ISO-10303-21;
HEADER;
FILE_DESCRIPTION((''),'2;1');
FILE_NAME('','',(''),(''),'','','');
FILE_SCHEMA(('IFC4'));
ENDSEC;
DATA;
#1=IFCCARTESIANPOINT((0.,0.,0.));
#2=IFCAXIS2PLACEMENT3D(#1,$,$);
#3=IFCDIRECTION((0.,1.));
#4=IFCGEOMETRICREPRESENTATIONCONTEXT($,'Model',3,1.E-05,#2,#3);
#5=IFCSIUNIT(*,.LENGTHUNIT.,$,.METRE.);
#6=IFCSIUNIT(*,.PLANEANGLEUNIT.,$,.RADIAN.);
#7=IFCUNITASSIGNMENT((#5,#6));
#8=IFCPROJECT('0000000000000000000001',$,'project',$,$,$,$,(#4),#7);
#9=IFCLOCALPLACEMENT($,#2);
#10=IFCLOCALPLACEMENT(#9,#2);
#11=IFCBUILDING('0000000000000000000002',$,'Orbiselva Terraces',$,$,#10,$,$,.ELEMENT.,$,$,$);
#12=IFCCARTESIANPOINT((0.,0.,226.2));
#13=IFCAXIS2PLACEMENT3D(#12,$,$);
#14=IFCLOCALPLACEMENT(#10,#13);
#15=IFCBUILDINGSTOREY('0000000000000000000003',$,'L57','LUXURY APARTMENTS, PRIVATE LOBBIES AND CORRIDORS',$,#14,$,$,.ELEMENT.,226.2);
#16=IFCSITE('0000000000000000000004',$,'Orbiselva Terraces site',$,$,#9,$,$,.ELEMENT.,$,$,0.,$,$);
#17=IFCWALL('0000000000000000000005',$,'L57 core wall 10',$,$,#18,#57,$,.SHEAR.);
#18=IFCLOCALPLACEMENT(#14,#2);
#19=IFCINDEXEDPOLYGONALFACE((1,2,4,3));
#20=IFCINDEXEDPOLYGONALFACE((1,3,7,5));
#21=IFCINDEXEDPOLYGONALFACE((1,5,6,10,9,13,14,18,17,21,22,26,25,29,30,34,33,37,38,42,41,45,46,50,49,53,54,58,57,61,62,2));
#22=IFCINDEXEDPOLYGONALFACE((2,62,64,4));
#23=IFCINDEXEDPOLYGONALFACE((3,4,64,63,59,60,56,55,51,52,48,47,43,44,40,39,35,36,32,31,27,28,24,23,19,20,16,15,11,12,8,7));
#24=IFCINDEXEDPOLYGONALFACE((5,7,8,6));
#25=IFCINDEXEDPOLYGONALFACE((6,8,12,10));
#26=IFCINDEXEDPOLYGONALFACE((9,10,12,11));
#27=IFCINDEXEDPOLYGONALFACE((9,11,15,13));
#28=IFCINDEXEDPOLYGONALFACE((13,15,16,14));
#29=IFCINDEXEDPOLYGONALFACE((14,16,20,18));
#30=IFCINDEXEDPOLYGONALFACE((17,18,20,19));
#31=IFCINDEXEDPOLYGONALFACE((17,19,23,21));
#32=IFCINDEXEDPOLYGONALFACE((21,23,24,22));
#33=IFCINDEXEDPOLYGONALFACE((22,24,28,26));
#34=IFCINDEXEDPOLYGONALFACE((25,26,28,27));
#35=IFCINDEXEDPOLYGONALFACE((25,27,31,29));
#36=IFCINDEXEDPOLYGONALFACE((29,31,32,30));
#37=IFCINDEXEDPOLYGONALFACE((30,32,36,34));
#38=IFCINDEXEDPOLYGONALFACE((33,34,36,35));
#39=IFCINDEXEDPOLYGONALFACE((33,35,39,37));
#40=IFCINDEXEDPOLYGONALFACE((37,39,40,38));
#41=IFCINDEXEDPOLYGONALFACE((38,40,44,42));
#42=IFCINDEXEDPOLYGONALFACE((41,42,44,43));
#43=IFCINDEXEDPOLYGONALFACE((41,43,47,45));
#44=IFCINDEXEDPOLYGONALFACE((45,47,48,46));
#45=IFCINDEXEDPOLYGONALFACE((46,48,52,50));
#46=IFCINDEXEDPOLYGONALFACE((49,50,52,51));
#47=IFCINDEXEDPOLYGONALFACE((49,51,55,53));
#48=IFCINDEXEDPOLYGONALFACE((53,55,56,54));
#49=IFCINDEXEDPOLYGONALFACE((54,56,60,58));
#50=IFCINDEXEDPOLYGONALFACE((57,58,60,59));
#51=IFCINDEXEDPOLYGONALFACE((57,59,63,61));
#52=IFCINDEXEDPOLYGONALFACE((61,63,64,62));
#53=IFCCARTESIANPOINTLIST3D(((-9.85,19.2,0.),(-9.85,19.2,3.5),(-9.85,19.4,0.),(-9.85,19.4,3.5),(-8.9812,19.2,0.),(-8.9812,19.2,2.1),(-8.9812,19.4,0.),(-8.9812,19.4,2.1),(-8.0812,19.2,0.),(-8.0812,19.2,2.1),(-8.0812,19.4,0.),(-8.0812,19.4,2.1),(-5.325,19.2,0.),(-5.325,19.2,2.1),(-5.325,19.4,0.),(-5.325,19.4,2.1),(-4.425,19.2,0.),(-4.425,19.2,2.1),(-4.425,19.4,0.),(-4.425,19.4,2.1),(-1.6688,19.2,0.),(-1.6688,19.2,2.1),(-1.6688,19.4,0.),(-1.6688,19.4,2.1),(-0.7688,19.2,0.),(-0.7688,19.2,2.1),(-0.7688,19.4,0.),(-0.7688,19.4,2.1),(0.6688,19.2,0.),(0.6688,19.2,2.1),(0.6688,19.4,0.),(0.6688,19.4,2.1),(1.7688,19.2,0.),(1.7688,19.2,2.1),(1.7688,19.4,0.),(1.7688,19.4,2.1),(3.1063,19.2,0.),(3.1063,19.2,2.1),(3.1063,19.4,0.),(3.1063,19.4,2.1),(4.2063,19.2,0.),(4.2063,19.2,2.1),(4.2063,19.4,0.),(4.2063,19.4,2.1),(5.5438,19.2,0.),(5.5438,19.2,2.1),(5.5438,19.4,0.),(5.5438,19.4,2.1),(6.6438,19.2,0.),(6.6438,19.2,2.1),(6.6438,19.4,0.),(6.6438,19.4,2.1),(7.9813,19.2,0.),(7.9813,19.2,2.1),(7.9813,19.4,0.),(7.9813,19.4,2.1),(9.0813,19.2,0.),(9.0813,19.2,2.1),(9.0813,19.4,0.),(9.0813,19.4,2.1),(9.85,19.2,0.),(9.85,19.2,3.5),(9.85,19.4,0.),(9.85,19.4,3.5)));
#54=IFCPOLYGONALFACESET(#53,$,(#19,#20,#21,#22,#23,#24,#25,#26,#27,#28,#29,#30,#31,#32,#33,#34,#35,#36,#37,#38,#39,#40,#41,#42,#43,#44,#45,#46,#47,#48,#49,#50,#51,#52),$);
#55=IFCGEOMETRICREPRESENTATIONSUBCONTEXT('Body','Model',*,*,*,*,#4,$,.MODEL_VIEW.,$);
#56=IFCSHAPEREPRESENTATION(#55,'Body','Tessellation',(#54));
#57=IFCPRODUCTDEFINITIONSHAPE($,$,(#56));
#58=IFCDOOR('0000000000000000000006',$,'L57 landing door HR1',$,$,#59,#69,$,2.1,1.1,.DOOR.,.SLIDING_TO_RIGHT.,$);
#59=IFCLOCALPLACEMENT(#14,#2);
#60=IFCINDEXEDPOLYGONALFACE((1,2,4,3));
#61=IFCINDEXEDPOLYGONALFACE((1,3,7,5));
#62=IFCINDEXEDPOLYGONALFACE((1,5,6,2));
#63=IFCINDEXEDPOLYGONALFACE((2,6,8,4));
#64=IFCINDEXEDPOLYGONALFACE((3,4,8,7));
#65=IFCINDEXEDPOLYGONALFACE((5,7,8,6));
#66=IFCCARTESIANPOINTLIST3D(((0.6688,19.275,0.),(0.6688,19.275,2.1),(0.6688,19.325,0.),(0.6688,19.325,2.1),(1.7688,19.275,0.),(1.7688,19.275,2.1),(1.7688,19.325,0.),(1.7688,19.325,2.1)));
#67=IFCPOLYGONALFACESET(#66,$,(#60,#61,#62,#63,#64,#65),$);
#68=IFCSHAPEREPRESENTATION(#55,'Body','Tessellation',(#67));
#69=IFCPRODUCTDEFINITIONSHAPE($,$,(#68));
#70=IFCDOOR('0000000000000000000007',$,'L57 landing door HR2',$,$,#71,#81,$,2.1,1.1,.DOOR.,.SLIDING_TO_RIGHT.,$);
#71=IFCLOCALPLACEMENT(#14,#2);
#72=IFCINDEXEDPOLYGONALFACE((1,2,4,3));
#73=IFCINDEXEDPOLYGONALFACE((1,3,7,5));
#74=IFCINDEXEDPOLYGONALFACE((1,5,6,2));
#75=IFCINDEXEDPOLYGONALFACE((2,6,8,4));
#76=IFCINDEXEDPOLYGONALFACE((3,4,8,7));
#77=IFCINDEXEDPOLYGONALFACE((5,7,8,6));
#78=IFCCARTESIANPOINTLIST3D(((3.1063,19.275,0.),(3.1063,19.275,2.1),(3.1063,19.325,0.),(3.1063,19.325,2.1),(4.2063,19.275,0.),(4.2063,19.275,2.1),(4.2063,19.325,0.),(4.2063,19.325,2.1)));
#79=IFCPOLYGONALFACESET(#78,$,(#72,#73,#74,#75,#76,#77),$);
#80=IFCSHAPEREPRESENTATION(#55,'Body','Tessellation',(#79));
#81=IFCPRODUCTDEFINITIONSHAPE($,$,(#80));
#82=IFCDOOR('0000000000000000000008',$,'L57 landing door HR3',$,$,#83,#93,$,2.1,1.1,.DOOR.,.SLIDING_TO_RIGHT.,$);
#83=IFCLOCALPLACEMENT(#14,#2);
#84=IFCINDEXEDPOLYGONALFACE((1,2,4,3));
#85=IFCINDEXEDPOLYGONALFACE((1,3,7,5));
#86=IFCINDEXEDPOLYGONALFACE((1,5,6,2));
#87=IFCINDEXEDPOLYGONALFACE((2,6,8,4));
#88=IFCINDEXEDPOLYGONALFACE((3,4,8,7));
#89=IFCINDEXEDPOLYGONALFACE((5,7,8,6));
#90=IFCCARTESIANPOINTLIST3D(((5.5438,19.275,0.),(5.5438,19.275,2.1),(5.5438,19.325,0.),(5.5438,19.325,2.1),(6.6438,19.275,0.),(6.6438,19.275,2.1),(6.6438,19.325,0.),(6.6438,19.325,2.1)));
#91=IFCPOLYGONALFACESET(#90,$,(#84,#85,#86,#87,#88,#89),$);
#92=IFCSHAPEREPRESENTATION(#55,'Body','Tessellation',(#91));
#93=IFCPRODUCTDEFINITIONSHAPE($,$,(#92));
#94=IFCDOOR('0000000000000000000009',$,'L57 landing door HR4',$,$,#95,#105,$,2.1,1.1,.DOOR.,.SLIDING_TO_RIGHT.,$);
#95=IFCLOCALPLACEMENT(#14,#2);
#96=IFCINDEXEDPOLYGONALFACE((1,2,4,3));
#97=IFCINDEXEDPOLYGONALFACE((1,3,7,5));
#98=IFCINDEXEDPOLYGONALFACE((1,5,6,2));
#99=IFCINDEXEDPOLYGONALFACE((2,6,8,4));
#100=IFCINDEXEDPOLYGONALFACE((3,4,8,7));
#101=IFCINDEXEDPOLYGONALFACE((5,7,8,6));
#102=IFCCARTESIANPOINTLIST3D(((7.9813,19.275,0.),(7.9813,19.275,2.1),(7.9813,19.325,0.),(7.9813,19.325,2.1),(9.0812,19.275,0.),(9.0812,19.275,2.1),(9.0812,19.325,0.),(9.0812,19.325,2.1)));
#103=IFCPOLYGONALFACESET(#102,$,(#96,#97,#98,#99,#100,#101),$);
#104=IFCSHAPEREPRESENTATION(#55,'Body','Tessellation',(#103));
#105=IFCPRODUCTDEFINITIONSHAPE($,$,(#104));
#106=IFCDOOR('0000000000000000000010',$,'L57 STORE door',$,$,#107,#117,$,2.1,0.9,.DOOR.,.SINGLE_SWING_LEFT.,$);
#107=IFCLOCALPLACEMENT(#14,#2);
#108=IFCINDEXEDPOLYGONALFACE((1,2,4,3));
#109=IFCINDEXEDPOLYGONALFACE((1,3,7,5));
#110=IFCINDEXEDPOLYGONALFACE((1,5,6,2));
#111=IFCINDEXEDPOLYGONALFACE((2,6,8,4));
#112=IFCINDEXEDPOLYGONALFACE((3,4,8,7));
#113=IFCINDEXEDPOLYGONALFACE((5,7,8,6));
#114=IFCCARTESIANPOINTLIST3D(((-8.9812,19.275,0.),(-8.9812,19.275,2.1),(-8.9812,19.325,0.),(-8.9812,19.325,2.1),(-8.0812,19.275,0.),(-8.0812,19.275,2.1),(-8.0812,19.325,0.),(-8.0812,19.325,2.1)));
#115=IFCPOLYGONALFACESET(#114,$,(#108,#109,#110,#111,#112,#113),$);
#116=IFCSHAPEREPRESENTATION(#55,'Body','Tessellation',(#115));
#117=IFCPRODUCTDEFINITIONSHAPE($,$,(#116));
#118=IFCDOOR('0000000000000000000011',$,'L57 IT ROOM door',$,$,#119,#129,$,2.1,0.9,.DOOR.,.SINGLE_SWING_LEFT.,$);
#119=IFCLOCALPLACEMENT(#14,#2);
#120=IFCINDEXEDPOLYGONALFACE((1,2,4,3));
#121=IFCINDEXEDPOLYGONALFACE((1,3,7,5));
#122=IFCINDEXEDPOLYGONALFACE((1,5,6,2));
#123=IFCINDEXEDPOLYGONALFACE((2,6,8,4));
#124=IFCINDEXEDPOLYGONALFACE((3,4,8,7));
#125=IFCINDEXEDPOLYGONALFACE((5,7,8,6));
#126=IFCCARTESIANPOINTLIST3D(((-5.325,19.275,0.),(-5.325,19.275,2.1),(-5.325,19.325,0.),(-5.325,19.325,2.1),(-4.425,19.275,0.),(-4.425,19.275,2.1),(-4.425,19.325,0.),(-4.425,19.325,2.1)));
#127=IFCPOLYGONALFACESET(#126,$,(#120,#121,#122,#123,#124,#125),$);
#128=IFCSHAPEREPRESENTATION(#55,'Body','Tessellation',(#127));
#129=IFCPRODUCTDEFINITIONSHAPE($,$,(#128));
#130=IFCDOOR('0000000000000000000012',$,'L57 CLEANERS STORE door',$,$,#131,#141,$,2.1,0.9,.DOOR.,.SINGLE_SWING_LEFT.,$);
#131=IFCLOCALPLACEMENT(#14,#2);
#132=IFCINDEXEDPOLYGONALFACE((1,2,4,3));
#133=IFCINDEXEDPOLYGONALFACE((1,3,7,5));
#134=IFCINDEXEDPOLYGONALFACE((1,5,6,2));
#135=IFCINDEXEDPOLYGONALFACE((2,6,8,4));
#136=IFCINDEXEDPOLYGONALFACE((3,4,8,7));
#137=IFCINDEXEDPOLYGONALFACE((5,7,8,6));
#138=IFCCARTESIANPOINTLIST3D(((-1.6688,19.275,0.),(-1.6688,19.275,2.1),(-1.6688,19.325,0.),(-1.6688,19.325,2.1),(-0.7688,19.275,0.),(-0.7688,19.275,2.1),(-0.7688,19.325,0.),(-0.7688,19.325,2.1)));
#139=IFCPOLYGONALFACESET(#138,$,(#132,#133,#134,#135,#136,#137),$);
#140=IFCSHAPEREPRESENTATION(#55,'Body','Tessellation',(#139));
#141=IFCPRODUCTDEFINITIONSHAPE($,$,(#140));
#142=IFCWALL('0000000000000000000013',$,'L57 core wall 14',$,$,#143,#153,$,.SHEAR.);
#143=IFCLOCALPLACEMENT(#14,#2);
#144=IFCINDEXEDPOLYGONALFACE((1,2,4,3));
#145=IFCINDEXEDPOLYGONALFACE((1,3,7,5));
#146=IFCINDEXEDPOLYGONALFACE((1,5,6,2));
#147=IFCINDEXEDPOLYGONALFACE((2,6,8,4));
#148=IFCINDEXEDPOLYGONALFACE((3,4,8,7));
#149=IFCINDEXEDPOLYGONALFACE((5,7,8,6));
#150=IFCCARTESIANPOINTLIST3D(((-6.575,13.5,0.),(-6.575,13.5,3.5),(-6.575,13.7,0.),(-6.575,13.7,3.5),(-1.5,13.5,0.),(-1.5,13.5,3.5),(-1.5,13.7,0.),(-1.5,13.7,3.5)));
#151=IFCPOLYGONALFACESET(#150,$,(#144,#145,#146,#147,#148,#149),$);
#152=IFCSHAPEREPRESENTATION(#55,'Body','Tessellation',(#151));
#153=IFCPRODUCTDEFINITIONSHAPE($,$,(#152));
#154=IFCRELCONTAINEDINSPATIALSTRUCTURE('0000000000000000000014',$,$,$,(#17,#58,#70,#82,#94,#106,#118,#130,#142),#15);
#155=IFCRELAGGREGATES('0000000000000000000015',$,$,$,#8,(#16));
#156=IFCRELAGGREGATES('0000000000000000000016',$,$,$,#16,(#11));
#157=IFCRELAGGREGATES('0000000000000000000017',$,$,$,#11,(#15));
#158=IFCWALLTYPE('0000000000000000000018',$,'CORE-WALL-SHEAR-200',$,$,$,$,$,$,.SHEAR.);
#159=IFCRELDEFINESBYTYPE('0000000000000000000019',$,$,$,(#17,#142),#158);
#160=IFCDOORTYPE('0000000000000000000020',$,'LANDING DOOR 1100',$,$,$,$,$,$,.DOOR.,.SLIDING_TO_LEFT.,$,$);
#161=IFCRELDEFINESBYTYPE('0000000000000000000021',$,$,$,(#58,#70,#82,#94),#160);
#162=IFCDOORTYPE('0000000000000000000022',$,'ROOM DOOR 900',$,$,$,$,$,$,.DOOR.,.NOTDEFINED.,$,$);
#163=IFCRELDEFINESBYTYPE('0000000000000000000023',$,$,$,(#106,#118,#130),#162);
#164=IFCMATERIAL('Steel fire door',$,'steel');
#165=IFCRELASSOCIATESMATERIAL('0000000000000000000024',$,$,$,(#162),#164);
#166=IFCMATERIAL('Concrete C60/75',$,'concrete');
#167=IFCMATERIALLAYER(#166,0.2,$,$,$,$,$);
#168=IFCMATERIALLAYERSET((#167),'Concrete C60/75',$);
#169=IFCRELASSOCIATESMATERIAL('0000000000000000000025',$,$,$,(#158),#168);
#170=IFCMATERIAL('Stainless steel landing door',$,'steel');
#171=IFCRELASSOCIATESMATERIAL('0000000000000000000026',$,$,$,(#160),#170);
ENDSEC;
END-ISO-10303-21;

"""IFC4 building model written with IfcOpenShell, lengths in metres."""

from ifc_helpers import new_model, si_unit, direction, frame, frame_2d, origin, place, context, subcontext, project, spatial, rectangle, extrude, material, layer, layer_set, type_object, element, fill, save


model = new_model("IFC4")

# Units and contexts
model_context = context("Model", 3, precision=1e-05, world=origin(), true_north=direction((0.0, 1.0)))
body_context = subcontext(model_context, "Body", "Model", "MODEL_VIEW")
ifc_project = project(units=[si_unit("LENGTHUNIT", "METRE"), si_unit("PLANEANGLEUNIT", "RADIAN")], contexts=[model_context])

# Site, building, storey
site_placement = place(None, origin())
site = spatial("IfcSite", under=ifc_project, at=site_placement, Name="Orbiselva Terraces site", CompositionType="ELEMENT", RefElevation=0.0)
building_placement = place(site_placement, origin())
building = spatial("IfcBuilding", under=site, at=building_placement, Name="Orbiselva Terraces", CompositionType="ELEMENT")
storey_placement = place(building_placement, frame((0.0, 0.0, 226.2)))
storey = spatial("IfcBuildingStorey", under=building, at=storey_placement, Name="L57", Description="LUXURY APARTMENTS, PRIVATE LOBBIES AND CORRIDORS", CompositionType="ELEMENT", Elevation=226.2)

# Shared definitions
ifc_material_1 = material(Name="Steel fire door", Category="steel")
door_type_1 = type_object("IfcDoorType", Name="ROOM DOOR 900", OperationType="NOTDEFINED", PredefinedType="DOOR", material=ifc_material_1)

# Shared definitions
ifc_material_2 = material(Name="Concrete C60/75", Category="concrete")
ifc_layer_1 = layer(ifc_material_2, 0.2)
ifc_layer_set_1 = layer_set([ifc_layer_1], Name="Concrete C60/75")
wall_type_1 = type_object("IfcWallType", Name="CORE-WALL-SHEAR-200", PredefinedType="SHEAR", material=ifc_layer_set_1)

# Wall, openings, doors
wall_1_placement = place(storey_placement, frame((-9.85, 19.3, 0.0), z_axis=(0.0, 0.0, 1.0), x_axis=(1.0, 0.0, 0.0)))
wall_1 = element("IfcWall", 1, at=wall_1_placement, inside=storey, type_object=wall_type_1, Name="L57 core wall 10", PredefinedType="SHEAR", context=body_context, shape_type="SweptSolid", body=[
    extrude(rectangle(XDim=19.7, YDim=0.2, at=frame_2d((9.85, 0.0))), origin(), (0.0, 0.0, 1.0), 3.5),
])
opening_1_placement = place(wall_1_placement, frame((10.5188, 0.0, 0.0)))
opening_1 = element("IfcOpeningElement", 2, at=opening_1_placement, cuts=wall_1, PredefinedType="OPENING", context=body_context, shape_type="SweptSolid", body=[
    extrude(rectangle(XDim=1.1, YDim=2.1, at=frame_2d((0.55, 1.05))), frame((0.0, 0.11, 0.0), z_axis=(0.0, -1.0, 0.0), x_axis=(1.0, 0.0, 0.0)), (0.0, 0.0, 1.0), 0.22),
])
opening_2_placement = place(wall_1_placement, frame((12.9563, 0.0, 0.0)))
opening_2 = element("IfcOpeningElement", 3, at=opening_2_placement, cuts=wall_1, PredefinedType="OPENING", context=body_context, shape_type="SweptSolid", body=[
    extrude(rectangle(XDim=1.1, YDim=2.1, at=frame_2d((0.55, 1.05))), frame((0.0, 0.11, 0.0), z_axis=(0.0, -1.0, 0.0), x_axis=(1.0, 0.0, 0.0)), (0.0, 0.0, 1.0), 0.22),
])
opening_3_placement = place(wall_1_placement, frame((15.3938, 0.0, 0.0)))
opening_3 = element("IfcOpeningElement", 4, at=opening_3_placement, cuts=wall_1, PredefinedType="OPENING", context=body_context, shape_type="SweptSolid", body=[
    extrude(rectangle(XDim=1.1, YDim=2.1, at=frame_2d((0.55, 1.05))), frame((0.0, 0.11, 0.0), z_axis=(0.0, -1.0, 0.0), x_axis=(1.0, 0.0, 0.0)), (0.0, 0.0, 1.0), 0.22),
])
opening_4_placement = place(wall_1_placement, frame((17.8313, 0.0, 0.0)))
opening_4 = element("IfcOpeningElement", 5, at=opening_4_placement, cuts=wall_1, PredefinedType="OPENING", context=body_context, shape_type="SweptSolid", body=[
    extrude(rectangle(XDim=1.1, YDim=2.1, at=frame_2d((0.55, 1.05))), frame((0.0, 0.11, 0.0), z_axis=(0.0, -1.0, 0.0), x_axis=(1.0, 0.0, 0.0)), (0.0, 0.0, 1.0), 0.22),
])
opening_5_placement = place(wall_1_placement, frame((0.8688, 0.0, 0.0)))
opening_5 = element("IfcOpeningElement", 6, at=opening_5_placement, cuts=wall_1, PredefinedType="OPENING", context=body_context, shape_type="SweptSolid", body=[
    extrude(rectangle(XDim=0.9, YDim=2.1, at=frame_2d((0.45, 1.05))), frame((0.0, 0.11, 0.0), z_axis=(0.0, -1.0, 0.0), x_axis=(1.0, 0.0, 0.0)), (0.0, 0.0, 1.0), 0.22),
])
opening_6_placement = place(wall_1_placement, frame((4.525, 0.0, 0.0)))
opening_6 = element("IfcOpeningElement", 7, at=opening_6_placement, cuts=wall_1, PredefinedType="OPENING", context=body_context, shape_type="SweptSolid", body=[
    extrude(rectangle(XDim=0.9, YDim=2.1, at=frame_2d((0.45, 1.05))), frame((0.0, 0.11, 0.0), z_axis=(0.0, -1.0, 0.0), x_axis=(1.0, 0.0, 0.0)), (0.0, 0.0, 1.0), 0.22),
])
opening_7_placement = place(wall_1_placement, frame((8.1812, 0.0, 0.0)))
opening_7 = element("IfcOpeningElement", 8, at=opening_7_placement, cuts=wall_1, PredefinedType="OPENING", context=body_context, shape_type="SweptSolid", body=[
    extrude(rectangle(XDim=0.9, YDim=2.1, at=frame_2d((0.45, 1.05))), frame((0.0, 0.11, 0.0), z_axis=(0.0, -1.0, 0.0), x_axis=(1.0, 0.0, 0.0)), (0.0, 0.0, 1.0), 0.22),
])
ifc_material_3 = material(Name="Stainless steel landing door", Category="steel")
door_type_2 = type_object("IfcDoorType", Name="LANDING DOOR 1100", OperationType="SLIDING_TO_LEFT", PredefinedType="DOOR", material=ifc_material_3)
door_1_placement = place(opening_1_placement, origin())
door_1 = element("IfcDoor", 9, at=door_1_placement, inside=storey, type_object=door_type_2, Name="L57 landing door HR1", OperationType="SLIDING_TO_RIGHT", OverallHeight=2.1, OverallWidth=1.1, PredefinedType="DOOR", context=body_context, shape_type="SweptSolid", body=[
    extrude(rectangle(XDim=1.1, YDim=2.1, at=frame_2d((0.55, 1.05))), frame((0.0, 0.025, 0.0), z_axis=(0.0, -1.0, 0.0), x_axis=(1.0, 0.0, 0.0)), (0.0, 0.0, 1.0), 0.05),
])
fill(opening_1, door_1)
door_2_placement = place(opening_2_placement, origin())
door_2 = element("IfcDoor", 10, at=door_2_placement, inside=storey, type_object=door_type_2, Name="L57 landing door HR2", OperationType="SLIDING_TO_RIGHT", OverallHeight=2.1, OverallWidth=1.1, PredefinedType="DOOR", context=body_context, shape_type="SweptSolid", body=[
    extrude(rectangle(XDim=1.1, YDim=2.1, at=frame_2d((0.55, 1.05))), frame((0.0, 0.025, 0.0), z_axis=(0.0, -1.0, 0.0), x_axis=(1.0, 0.0, 0.0)), (0.0, 0.0, 1.0), 0.05),
])
fill(opening_2, door_2)
door_3_placement = place(opening_3_placement, origin())
door_3 = element("IfcDoor", 11, at=door_3_placement, inside=storey, type_object=door_type_2, Name="L57 landing door HR3", OperationType="SLIDING_TO_RIGHT", OverallHeight=2.1, OverallWidth=1.1, PredefinedType="DOOR", context=body_context, shape_type="SweptSolid", body=[
    extrude(rectangle(XDim=1.1, YDim=2.1, at=frame_2d((0.55, 1.05))), frame((0.0, 0.025, 0.0), z_axis=(0.0, -1.0, 0.0), x_axis=(1.0, 0.0, 0.0)), (0.0, 0.0, 1.0), 0.05),
])
fill(opening_3, door_3)
door_4_placement = place(opening_4_placement, origin())
door_4 = element("IfcDoor", 12, at=door_4_placement, inside=storey, type_object=door_type_2, Name="L57 landing door HR4", OperationType="SLIDING_TO_RIGHT", OverallHeight=2.1, OverallWidth=1.1, PredefinedType="DOOR", context=body_context, shape_type="SweptSolid", body=[
    extrude(rectangle(XDim=1.1, YDim=2.1, at=frame_2d((0.55, 1.05))), frame((0.0, 0.025, 0.0), z_axis=(0.0, -1.0, 0.0), x_axis=(1.0, 0.0, 0.0)), (0.0, 0.0, 1.0), 0.05),
])
fill(opening_4, door_4)
door_5_placement = place(opening_5_placement, origin())
door_5 = element("IfcDoor", 13, at=door_5_placement, inside=storey, type_object=door_type_1, Name="L57 STORE door", OperationType="SINGLE_SWING_LEFT", OverallHeight=2.1, OverallWidth=0.9, PredefinedType="DOOR", context=body_context, shape_type="SweptSolid", body=[
    extrude(rectangle(XDim=0.9, YDim=2.1, at=frame_2d((0.45, 1.05))), frame((0.0, 0.025, 0.0), z_axis=(0.0, -1.0, 0.0), x_axis=(1.0, 0.0, 0.0)), (0.0, 0.0, 1.0), 0.05),
])
fill(opening_5, door_5)
door_6_placement = place(opening_6_placement, origin())
door_6 = element("IfcDoor", 14, at=door_6_placement, inside=storey, type_object=door_type_1, Name="L57 IT ROOM door", OperationType="SINGLE_SWING_LEFT", OverallHeight=2.1, OverallWidth=0.9, PredefinedType="DOOR", context=body_context, shape_type="SweptSolid", body=[
    extrude(rectangle(XDim=0.9, YDim=2.1, at=frame_2d((0.45, 1.05))), frame((0.0, 0.025, 0.0), z_axis=(0.0, -1.0, 0.0), x_axis=(1.0, 0.0, 0.0)), (0.0, 0.0, 1.0), 0.05),
])
fill(opening_6, door_6)
door_7_placement = place(opening_7_placement, origin())
door_7 = element("IfcDoor", 15, at=door_7_placement, inside=storey, type_object=door_type_1, Name="L57 CLEANERS STORE door", OperationType="SINGLE_SWING_LEFT", OverallHeight=2.1, OverallWidth=0.9, PredefinedType="DOOR", context=body_context, shape_type="SweptSolid", body=[
    extrude(rectangle(XDim=0.9, YDim=2.1, at=frame_2d((0.45, 1.05))), frame((0.0, 0.025, 0.0), z_axis=(0.0, -1.0, 0.0), x_axis=(1.0, 0.0, 0.0)), (0.0, 0.0, 1.0), 0.05),
])
fill(opening_7, door_7)

# Wall
wall_2_placement = place(storey_placement, frame((-6.575, 13.6, 0.0), z_axis=(0.0, 0.0, 1.0), x_axis=(1.0, 0.0, 0.0)))
element("IfcWall", 16, at=wall_2_placement, inside=storey, type_object=wall_type_1, Name="L57 core wall 14", PredefinedType="SHEAR", context=body_context, shape_type="SweptSolid", body=[
    extrude(rectangle(XDim=5.075, YDim=0.2, at=frame_2d((2.5375, 0.0))), origin(), (0.0, 0.0, 1.0), 3.5),
])

save(model, "model.ifc")
